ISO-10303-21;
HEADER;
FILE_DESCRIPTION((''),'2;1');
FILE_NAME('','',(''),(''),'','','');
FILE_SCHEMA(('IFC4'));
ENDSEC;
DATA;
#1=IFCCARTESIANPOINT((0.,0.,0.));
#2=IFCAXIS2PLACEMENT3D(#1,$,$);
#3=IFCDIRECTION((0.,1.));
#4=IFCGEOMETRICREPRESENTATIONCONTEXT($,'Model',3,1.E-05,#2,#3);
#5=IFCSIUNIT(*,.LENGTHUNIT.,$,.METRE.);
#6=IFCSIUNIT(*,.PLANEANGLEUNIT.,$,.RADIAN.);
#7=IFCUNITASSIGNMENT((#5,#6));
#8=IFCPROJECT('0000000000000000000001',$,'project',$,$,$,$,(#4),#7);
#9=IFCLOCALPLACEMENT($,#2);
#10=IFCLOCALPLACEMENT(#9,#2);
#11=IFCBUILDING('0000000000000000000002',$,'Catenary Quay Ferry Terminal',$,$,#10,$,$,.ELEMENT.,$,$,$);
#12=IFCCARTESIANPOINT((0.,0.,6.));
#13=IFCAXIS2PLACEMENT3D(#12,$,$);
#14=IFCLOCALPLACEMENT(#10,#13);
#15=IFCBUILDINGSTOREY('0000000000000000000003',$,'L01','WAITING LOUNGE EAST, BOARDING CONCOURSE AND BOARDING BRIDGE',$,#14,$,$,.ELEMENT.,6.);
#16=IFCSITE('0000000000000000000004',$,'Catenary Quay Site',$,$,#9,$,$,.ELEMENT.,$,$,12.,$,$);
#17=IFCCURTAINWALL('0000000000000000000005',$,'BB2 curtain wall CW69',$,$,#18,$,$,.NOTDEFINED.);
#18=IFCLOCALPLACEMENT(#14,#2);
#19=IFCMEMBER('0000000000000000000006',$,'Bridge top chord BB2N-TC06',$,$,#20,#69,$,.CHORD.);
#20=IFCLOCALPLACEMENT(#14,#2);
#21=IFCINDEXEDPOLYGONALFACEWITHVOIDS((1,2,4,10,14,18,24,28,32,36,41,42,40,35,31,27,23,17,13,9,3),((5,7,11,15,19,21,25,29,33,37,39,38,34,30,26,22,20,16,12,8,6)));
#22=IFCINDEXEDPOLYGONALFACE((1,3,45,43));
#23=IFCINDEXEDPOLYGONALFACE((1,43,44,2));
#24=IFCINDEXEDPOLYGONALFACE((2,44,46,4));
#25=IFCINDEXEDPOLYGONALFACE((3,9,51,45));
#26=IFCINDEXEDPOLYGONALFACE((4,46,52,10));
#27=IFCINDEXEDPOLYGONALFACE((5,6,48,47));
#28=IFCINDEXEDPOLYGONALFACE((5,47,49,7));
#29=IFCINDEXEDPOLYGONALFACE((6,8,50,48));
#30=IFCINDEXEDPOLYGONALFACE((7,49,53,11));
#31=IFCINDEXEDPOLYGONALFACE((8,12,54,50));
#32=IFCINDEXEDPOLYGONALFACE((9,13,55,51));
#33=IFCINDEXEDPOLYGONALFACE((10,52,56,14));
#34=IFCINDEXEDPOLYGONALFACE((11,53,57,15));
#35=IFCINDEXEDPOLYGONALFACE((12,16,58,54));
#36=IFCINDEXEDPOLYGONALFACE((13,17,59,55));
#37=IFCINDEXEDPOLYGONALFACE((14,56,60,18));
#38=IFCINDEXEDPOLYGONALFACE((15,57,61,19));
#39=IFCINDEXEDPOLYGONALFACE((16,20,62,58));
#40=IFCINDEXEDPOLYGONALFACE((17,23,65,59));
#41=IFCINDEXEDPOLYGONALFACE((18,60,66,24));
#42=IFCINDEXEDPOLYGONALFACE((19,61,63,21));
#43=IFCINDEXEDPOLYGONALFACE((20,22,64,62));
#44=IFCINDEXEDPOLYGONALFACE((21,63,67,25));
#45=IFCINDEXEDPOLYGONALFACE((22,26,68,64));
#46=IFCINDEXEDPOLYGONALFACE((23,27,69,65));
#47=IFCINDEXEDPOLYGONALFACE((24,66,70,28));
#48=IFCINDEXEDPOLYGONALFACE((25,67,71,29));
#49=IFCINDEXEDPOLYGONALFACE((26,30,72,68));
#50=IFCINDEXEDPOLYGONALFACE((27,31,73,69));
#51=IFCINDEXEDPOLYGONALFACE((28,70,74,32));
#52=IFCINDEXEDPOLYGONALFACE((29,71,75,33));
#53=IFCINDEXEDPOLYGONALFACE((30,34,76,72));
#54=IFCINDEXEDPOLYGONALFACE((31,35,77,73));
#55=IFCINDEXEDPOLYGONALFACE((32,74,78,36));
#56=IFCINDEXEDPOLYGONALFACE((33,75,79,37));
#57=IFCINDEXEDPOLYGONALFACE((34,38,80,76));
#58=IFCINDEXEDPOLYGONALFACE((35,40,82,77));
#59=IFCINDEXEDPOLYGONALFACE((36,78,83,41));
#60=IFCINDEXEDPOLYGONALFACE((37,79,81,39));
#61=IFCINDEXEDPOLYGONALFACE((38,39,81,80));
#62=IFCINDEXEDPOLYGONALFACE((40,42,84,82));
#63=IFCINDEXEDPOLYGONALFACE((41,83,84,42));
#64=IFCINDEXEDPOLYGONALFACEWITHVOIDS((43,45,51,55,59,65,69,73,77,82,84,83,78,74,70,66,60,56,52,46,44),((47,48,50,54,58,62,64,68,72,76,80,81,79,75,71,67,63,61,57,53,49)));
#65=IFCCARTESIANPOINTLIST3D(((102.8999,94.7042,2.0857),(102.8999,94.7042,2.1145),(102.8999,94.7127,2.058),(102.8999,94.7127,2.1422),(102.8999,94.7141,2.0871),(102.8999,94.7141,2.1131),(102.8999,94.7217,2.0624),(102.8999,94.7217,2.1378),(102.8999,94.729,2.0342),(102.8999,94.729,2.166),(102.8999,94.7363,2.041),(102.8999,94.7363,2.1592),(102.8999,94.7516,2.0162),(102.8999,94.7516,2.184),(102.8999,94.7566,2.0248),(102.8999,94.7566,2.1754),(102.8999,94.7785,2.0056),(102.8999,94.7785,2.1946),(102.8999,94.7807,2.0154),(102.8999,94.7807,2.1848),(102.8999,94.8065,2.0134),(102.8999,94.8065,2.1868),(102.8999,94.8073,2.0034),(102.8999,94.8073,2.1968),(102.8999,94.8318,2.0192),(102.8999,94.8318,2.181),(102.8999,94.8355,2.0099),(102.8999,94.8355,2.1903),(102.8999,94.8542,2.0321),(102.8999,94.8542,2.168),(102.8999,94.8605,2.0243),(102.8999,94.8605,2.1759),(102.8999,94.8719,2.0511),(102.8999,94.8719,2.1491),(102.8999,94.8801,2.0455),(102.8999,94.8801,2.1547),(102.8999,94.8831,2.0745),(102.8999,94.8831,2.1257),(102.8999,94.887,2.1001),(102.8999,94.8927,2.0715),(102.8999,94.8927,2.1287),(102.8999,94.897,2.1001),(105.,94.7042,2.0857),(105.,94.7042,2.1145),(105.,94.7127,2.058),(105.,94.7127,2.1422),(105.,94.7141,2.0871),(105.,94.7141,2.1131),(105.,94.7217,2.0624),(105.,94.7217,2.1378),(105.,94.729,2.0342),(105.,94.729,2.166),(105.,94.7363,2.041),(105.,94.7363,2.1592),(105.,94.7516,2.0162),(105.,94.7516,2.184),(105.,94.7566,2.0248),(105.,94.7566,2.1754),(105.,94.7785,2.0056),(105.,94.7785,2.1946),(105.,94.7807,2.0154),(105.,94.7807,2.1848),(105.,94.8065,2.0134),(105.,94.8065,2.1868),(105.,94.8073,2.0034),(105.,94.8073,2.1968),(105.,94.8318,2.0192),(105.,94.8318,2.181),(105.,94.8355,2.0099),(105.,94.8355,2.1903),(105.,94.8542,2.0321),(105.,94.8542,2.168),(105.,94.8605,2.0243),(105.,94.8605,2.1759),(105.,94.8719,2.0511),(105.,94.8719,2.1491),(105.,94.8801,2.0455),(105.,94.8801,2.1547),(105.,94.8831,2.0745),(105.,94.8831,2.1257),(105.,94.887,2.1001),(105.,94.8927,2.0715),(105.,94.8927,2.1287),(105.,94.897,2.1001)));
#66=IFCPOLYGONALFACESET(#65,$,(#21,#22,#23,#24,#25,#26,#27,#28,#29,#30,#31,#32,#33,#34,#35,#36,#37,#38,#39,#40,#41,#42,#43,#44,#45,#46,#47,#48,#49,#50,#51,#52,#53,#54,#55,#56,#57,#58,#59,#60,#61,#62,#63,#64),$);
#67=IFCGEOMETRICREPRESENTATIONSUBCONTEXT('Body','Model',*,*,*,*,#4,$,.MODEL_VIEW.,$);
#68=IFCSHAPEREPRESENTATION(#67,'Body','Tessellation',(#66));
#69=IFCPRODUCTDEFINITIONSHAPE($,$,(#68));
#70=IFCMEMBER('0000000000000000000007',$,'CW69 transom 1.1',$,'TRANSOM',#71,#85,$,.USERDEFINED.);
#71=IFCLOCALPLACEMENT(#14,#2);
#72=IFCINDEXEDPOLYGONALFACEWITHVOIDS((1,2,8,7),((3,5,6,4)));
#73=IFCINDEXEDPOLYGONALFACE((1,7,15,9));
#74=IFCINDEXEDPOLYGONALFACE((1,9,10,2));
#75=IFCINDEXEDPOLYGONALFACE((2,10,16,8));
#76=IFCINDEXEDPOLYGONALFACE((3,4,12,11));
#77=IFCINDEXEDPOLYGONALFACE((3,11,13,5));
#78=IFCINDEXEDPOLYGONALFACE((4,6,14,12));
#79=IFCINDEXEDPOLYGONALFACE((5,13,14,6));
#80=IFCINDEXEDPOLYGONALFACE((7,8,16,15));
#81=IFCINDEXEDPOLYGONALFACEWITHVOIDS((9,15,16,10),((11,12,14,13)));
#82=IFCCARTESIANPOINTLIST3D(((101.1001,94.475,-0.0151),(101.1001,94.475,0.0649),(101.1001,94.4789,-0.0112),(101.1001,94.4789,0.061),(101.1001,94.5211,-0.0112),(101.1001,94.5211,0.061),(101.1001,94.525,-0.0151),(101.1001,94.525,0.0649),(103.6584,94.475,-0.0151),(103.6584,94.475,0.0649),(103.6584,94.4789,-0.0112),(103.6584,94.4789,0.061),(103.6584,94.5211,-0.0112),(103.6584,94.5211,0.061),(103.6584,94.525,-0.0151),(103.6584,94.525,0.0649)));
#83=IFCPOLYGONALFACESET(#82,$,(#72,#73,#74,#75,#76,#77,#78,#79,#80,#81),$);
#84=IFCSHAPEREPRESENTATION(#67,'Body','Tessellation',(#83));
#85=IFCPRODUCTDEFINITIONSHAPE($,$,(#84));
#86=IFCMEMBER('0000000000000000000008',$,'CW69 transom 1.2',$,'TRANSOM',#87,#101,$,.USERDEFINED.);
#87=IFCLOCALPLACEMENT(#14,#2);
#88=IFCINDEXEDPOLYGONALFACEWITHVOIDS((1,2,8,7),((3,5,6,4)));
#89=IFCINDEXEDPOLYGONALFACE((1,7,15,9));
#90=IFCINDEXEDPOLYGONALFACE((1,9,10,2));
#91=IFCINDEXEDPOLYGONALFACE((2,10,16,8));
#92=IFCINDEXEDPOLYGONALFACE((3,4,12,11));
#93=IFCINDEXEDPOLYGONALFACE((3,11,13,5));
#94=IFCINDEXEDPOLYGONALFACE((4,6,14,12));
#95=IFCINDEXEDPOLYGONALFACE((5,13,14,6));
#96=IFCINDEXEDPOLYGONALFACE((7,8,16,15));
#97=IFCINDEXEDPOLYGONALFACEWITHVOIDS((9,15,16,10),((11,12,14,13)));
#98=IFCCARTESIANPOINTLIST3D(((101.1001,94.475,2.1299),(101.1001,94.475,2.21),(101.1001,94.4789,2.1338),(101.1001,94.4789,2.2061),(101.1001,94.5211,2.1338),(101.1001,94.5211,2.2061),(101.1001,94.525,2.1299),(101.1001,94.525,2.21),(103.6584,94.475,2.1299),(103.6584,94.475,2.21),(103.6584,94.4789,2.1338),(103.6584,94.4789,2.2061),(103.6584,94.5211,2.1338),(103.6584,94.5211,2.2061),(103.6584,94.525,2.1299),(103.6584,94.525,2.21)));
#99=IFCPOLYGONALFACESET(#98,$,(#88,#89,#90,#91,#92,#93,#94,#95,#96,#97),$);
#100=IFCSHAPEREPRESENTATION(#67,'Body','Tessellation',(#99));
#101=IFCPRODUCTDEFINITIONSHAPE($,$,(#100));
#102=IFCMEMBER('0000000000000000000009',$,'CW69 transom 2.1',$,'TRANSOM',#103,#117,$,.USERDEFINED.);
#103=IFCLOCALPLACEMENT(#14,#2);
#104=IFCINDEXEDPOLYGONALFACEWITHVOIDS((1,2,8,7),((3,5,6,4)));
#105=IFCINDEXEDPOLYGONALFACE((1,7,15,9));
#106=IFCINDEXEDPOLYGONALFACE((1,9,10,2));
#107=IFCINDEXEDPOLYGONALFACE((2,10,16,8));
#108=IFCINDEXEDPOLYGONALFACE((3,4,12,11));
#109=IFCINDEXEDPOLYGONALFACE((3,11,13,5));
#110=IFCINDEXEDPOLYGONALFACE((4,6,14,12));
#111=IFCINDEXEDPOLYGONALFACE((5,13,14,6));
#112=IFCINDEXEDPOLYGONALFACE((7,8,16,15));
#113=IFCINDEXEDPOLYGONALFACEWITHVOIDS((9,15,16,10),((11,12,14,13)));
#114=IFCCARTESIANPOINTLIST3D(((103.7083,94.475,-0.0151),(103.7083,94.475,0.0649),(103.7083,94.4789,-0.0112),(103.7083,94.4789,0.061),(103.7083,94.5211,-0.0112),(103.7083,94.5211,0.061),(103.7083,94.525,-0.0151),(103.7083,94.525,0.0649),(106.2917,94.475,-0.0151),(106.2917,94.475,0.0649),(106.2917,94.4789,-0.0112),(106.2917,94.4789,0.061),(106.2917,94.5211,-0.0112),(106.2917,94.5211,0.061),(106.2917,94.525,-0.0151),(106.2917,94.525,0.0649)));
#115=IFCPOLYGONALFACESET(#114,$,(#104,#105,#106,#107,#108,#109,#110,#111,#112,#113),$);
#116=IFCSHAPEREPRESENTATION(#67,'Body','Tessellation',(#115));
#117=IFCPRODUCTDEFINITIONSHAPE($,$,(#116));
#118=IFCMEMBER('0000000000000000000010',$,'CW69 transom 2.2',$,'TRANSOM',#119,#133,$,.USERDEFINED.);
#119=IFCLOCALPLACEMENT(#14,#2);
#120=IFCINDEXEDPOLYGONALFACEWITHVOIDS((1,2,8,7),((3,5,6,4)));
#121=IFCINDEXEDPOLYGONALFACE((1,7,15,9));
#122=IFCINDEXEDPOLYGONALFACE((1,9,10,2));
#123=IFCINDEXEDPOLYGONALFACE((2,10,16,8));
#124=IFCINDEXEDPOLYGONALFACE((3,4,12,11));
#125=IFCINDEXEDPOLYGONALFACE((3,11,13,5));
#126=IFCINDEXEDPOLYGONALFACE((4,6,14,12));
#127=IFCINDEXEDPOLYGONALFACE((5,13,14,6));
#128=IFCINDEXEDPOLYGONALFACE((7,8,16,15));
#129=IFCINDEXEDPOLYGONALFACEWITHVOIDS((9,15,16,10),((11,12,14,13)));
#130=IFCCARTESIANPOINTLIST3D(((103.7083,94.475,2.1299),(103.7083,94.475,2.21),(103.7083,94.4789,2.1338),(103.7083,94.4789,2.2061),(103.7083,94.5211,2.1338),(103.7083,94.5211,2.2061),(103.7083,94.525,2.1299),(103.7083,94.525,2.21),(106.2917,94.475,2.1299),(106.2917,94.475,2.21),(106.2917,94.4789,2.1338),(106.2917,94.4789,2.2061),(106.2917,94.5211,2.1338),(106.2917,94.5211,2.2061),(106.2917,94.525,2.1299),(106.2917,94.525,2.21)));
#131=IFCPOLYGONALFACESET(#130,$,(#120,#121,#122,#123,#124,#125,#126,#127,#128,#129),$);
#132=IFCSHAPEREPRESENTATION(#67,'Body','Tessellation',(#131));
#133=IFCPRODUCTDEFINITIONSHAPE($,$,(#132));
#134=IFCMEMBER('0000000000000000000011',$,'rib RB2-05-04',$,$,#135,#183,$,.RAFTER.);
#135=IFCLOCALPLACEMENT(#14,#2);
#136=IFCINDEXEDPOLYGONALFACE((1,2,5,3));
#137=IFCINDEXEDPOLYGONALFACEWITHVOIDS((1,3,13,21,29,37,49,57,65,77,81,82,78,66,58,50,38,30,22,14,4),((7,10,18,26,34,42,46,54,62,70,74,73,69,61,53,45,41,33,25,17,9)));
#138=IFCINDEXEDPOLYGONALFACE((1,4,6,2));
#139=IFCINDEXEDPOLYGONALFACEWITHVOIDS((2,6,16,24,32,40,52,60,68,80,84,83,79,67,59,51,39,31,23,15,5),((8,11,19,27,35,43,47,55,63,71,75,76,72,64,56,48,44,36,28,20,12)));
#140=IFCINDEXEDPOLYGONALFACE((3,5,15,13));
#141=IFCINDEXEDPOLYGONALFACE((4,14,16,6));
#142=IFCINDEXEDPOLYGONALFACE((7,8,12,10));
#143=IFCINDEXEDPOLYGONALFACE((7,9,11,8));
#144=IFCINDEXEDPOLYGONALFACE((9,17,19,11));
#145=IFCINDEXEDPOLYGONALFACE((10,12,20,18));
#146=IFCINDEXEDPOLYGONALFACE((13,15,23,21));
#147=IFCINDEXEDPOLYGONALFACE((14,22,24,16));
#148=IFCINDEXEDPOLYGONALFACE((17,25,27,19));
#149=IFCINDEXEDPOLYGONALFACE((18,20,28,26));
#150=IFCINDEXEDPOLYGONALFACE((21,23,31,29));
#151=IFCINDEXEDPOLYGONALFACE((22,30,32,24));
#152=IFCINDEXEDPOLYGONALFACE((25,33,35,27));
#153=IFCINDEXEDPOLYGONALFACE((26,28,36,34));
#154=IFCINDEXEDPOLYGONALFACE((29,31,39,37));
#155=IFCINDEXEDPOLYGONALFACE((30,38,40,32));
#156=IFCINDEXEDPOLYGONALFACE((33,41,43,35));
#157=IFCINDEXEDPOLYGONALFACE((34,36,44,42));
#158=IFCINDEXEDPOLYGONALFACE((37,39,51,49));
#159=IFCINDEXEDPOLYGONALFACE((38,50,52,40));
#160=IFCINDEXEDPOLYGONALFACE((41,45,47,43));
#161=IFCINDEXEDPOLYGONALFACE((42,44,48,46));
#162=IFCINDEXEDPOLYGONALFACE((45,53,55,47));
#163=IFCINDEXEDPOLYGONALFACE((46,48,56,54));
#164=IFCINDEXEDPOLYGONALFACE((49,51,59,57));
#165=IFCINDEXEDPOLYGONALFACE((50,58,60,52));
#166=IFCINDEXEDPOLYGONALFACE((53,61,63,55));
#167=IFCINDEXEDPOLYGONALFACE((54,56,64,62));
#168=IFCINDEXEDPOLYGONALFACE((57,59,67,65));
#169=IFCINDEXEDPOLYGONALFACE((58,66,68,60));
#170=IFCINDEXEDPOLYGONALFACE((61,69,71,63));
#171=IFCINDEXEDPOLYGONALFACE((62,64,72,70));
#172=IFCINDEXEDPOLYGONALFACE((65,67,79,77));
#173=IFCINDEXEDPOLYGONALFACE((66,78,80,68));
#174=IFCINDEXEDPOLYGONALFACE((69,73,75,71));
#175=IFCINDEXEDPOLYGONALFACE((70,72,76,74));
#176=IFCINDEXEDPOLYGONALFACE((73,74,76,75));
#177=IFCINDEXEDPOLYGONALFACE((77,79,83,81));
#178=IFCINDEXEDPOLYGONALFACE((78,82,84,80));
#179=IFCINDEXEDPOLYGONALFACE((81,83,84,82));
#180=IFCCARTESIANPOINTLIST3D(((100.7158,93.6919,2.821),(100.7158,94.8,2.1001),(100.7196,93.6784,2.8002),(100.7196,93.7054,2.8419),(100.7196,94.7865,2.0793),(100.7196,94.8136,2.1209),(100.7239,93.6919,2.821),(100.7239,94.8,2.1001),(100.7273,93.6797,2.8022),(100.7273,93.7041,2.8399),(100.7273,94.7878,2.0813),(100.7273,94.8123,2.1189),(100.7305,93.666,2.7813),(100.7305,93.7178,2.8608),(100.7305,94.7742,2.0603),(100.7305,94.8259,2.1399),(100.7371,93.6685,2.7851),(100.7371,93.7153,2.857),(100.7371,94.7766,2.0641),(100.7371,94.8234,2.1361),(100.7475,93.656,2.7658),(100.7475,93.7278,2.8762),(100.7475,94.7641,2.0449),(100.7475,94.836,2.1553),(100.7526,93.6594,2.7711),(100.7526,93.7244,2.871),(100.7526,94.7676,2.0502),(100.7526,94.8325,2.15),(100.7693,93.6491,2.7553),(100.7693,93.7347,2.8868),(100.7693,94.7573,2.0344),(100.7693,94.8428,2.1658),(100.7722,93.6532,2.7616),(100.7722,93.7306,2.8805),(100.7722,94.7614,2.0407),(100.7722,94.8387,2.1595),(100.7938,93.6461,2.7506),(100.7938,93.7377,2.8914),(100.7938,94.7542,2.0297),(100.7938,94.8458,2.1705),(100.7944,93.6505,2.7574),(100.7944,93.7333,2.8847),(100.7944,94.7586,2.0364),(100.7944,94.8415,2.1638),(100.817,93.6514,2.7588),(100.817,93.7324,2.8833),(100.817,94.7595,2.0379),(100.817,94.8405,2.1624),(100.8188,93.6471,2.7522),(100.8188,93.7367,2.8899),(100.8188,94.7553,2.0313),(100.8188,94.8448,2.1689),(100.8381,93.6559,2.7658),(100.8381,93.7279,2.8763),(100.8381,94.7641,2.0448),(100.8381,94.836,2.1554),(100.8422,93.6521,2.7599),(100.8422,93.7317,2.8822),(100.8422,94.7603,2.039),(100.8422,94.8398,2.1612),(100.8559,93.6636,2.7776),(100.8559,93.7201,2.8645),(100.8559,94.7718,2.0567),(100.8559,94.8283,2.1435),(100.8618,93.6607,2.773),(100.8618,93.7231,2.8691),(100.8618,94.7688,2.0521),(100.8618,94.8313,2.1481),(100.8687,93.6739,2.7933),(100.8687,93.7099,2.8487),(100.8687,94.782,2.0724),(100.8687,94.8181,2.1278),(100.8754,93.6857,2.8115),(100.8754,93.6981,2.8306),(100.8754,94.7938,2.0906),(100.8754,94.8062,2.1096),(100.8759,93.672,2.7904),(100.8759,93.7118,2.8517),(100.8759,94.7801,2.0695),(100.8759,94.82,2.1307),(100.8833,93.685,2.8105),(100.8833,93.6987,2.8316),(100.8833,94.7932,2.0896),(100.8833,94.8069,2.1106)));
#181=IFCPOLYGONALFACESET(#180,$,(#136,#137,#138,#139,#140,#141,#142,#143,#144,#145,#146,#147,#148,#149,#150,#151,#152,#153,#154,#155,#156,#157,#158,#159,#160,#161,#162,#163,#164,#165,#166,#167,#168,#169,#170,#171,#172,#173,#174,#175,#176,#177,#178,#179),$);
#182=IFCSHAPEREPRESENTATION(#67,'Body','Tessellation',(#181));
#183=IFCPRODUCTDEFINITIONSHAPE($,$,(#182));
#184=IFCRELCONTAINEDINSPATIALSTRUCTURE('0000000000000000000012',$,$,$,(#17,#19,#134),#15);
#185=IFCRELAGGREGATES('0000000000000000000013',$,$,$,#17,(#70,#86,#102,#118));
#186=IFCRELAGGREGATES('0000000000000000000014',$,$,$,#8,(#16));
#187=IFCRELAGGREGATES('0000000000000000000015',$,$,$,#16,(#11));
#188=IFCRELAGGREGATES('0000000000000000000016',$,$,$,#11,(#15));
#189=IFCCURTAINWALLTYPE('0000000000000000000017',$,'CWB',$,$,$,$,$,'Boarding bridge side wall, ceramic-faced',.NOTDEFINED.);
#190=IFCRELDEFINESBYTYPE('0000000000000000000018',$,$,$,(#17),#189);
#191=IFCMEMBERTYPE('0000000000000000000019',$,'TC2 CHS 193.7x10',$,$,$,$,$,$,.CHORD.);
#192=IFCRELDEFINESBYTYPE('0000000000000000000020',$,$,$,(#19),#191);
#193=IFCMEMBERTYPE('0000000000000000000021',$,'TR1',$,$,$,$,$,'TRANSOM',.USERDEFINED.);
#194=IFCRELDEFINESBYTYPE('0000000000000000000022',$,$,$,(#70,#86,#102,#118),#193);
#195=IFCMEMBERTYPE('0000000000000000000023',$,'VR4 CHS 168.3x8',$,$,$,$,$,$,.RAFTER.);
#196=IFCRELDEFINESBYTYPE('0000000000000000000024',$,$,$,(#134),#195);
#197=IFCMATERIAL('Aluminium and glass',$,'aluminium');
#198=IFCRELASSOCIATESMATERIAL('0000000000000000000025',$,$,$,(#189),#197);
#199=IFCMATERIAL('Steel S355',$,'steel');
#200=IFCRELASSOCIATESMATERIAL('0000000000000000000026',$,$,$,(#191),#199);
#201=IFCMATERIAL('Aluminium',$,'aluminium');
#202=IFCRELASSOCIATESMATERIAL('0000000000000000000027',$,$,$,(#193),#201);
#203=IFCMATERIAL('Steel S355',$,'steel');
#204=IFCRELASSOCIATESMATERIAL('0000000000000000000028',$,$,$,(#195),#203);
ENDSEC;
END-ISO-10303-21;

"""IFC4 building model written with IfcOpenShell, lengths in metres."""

from ifc_helpers import new_model, si_unit, direction, frame, origin, origin_2d, place, context, subcontext, project, spatial, hollow_rectangle, hollow_circle, extrude, material, material_profile, profile_set, type_object, element, aggregate, save


model = new_model("IFC4")

# Units and contexts
model_context = context("Model", 3, precision=1e-05, world=origin(), true_north=direction((0.0, 1.0)))
body_context = subcontext(model_context, "Body", "Model", "MODEL_VIEW")
ifc_project = project(units=[si_unit("LENGTHUNIT", "METRE"), si_unit("PLANEANGLEUNIT", "RADIAN")], contexts=[model_context])

# Site, building, storey
site_placement = place(None, origin())
site = spatial("IfcSite", under=ifc_project, at=site_placement, Name="Catenary Quay Site", CompositionType="ELEMENT", RefElevation=12.0)
building_placement = place(site_placement, origin())
building = spatial("IfcBuilding", under=site, at=building_placement, Name="Catenary Quay Ferry Terminal", CompositionType="ELEMENT")
storey_placement = place(building_placement, frame((0.0, 0.0, 6.0)))
storey = spatial("IfcBuildingStorey", under=building, at=storey_placement, Name="L01", Description="WAITING LOUNGE EAST, BOARDING CONCOURSE AND BOARDING BRIDGE", CompositionType="ELEMENT", Elevation=6.0)

# Shared definitions
ifc_material_1 = material(Name="Aluminium and glass", Category="aluminium")
curtain_wall_type = type_object("IfcCurtainWallType", Name="CWB", ElementType="Boarding bridge side wall, ceramic-faced", PredefinedType="NOTDEFINED", material=ifc_material_1)

# Curtain wall
curtain_wall_1_placement = place(storey_placement, origin())
curtain_wall_1 = element("IfcCurtainWall", 1, at=curtain_wall_1_placement, inside=storey, type_object=curtain_wall_type, Name="BB2 curtain wall CW69", PredefinedType="NOTDEFINED")

# Member
ifc_material_2 = material(Name="Steel S355", Category="steel")
ifc_material_profile_1 = material_profile(ifc_material_2, hollow_circle(Radius=0.0969, WallThickness=0.01, at=origin_2d()), Name="CHS 193.7x10")
ifc_profile_set_1 = profile_set([ifc_material_profile_1], Name="Steel S355")
member_type_1 = type_object("IfcMemberType", Name="TC2 CHS 193.7x10", PredefinedType="CHORD", material=ifc_profile_set_1)
member_1_placement = place(storey_placement, frame((102.8999, 94.8, 2.1001), z_axis=(1.0, 0.0, 0.0), x_axis=(0.0, 1.0, 0.0)))
element("IfcMember", 2, at=member_1_placement, inside=storey, type_object=member_type_1, Name="Bridge top chord BB2N-TC06", PredefinedType="CHORD", context=body_context, shape_type="SweptSolid", body=[
    extrude(hollow_circle(Radius=0.0969, WallThickness=0.01, at=origin_2d()), origin(), (0.0, 0.0, 1.0), 2.1001),
])

# Members
ifc_material_3 = material(Name="Aluminium", Category="aluminium")
ifc_material_profile_2 = material_profile(ifc_material_3, hollow_rectangle(XDim=0.05, YDim=0.0801, WallThickness=0.0039, at=origin_2d()), Name="TR1")
ifc_profile_set_2 = profile_set([ifc_material_profile_2], Name="Aluminium")
member_type_2 = type_object("IfcMemberType", Name="TR1", ElementType="TRANSOM", PredefinedType="USERDEFINED", material=ifc_profile_set_2)
member_2_placement = place(storey_placement, frame((101.1001, 94.5, 0.0249), z_axis=(1.0, 0.0, 0.0), x_axis=(0.0, 1.0, 0.0)))
member_2 = element("IfcMember", 3, at=member_2_placement, type_object=member_type_2, Name="CW69 transom 1.1", ObjectType="TRANSOM", PredefinedType="USERDEFINED", context=body_context, shape_type="SweptSolid", body=[
    extrude(hollow_rectangle(XDim=0.05, YDim=0.0801, WallThickness=0.0039, at=origin_2d()), origin(), (0.0, 0.0, 1.0), 2.5583),
])
member_3_placement = place(storey_placement, frame((101.1001, 94.5, 2.1699), z_axis=(1.0, 0.0, 0.0), x_axis=(0.0, 1.0, 0.0)))
member_3 = element("IfcMember", 4, at=member_3_placement, type_object=member_type_2, Name="CW69 transom 1.2", ObjectType="TRANSOM", PredefinedType="USERDEFINED", context=body_context, shape_type="SweptSolid", body=[
    extrude(hollow_rectangle(XDim=0.05, YDim=0.0801, WallThickness=0.0039, at=origin_2d()), origin(), (0.0, 0.0, 1.0), 2.5583),
])
member_4_placement = place(storey_placement, frame((103.7083, 94.5, 0.0249), z_axis=(1.0, 0.0, 0.0), x_axis=(0.0, 1.0, 0.0)))
member_4 = element("IfcMember", 5, at=member_4_placement, type_object=member_type_2, Name="CW69 transom 2.1", ObjectType="TRANSOM", PredefinedType="USERDEFINED", context=body_context, shape_type="SweptSolid", body=[
    extrude(hollow_rectangle(XDim=0.05, YDim=0.0801, WallThickness=0.0039, at=origin_2d()), origin(), (0.0, 0.0, 1.0), 2.5835),
])
member_5_placement = place(storey_placement, frame((103.7083, 94.5, 2.1699), z_axis=(1.0, 0.0, 0.0), x_axis=(0.0, 1.0, 0.0)))
member_5 = element("IfcMember", 6, at=member_5_placement, type_object=member_type_2, Name="CW69 transom 2.2", ObjectType="TRANSOM", PredefinedType="USERDEFINED", context=body_context, shape_type="SweptSolid", body=[
    extrude(hollow_rectangle(XDim=0.05, YDim=0.0801, WallThickness=0.0039, at=origin_2d()), origin(), (0.0, 0.0, 1.0), 2.5835),
])

# Member
ifc_material_4 = material(Name="Steel S355", Category="steel")
ifc_material_profile_3 = material_profile(ifc_material_4, hollow_circle(Radius=0.0842, WallThickness=0.0081, at=origin_2d()), Name="CHS 168.3x8")
ifc_profile_set_3 = profile_set([ifc_material_profile_3], Name="Steel S355")
member_type_3 = type_object("IfcMemberType", Name="VR4 CHS 168.3x8", PredefinedType="RAFTER", material=ifc_profile_set_3)
for number, where, z_axis, x_axis, name in (
    (7, (100.8, 93.6919, 2.821), (0.0, 0.83822, -0.545332), (-1.0, 0.0, 0.0), "rib RB2-05-04"),
):
    element("IfcMember", number, at=place(storey_placement, frame(where, z_axis=z_axis, x_axis=x_axis)), inside=storey, type_object=member_type_3, Name=name, PredefinedType="RAFTER", context=body_context, shape_type="SweptSolid", body=[
        extrude(hollow_circle(Radius=0.0842, WallThickness=0.0081, at=origin_2d()), origin(), (0.0, 0.0, 1.0), 1.322),
    ])

aggregate(curtain_wall_1, [member_2, member_3, member_4, member_5])

save(model, "model.ifc")
